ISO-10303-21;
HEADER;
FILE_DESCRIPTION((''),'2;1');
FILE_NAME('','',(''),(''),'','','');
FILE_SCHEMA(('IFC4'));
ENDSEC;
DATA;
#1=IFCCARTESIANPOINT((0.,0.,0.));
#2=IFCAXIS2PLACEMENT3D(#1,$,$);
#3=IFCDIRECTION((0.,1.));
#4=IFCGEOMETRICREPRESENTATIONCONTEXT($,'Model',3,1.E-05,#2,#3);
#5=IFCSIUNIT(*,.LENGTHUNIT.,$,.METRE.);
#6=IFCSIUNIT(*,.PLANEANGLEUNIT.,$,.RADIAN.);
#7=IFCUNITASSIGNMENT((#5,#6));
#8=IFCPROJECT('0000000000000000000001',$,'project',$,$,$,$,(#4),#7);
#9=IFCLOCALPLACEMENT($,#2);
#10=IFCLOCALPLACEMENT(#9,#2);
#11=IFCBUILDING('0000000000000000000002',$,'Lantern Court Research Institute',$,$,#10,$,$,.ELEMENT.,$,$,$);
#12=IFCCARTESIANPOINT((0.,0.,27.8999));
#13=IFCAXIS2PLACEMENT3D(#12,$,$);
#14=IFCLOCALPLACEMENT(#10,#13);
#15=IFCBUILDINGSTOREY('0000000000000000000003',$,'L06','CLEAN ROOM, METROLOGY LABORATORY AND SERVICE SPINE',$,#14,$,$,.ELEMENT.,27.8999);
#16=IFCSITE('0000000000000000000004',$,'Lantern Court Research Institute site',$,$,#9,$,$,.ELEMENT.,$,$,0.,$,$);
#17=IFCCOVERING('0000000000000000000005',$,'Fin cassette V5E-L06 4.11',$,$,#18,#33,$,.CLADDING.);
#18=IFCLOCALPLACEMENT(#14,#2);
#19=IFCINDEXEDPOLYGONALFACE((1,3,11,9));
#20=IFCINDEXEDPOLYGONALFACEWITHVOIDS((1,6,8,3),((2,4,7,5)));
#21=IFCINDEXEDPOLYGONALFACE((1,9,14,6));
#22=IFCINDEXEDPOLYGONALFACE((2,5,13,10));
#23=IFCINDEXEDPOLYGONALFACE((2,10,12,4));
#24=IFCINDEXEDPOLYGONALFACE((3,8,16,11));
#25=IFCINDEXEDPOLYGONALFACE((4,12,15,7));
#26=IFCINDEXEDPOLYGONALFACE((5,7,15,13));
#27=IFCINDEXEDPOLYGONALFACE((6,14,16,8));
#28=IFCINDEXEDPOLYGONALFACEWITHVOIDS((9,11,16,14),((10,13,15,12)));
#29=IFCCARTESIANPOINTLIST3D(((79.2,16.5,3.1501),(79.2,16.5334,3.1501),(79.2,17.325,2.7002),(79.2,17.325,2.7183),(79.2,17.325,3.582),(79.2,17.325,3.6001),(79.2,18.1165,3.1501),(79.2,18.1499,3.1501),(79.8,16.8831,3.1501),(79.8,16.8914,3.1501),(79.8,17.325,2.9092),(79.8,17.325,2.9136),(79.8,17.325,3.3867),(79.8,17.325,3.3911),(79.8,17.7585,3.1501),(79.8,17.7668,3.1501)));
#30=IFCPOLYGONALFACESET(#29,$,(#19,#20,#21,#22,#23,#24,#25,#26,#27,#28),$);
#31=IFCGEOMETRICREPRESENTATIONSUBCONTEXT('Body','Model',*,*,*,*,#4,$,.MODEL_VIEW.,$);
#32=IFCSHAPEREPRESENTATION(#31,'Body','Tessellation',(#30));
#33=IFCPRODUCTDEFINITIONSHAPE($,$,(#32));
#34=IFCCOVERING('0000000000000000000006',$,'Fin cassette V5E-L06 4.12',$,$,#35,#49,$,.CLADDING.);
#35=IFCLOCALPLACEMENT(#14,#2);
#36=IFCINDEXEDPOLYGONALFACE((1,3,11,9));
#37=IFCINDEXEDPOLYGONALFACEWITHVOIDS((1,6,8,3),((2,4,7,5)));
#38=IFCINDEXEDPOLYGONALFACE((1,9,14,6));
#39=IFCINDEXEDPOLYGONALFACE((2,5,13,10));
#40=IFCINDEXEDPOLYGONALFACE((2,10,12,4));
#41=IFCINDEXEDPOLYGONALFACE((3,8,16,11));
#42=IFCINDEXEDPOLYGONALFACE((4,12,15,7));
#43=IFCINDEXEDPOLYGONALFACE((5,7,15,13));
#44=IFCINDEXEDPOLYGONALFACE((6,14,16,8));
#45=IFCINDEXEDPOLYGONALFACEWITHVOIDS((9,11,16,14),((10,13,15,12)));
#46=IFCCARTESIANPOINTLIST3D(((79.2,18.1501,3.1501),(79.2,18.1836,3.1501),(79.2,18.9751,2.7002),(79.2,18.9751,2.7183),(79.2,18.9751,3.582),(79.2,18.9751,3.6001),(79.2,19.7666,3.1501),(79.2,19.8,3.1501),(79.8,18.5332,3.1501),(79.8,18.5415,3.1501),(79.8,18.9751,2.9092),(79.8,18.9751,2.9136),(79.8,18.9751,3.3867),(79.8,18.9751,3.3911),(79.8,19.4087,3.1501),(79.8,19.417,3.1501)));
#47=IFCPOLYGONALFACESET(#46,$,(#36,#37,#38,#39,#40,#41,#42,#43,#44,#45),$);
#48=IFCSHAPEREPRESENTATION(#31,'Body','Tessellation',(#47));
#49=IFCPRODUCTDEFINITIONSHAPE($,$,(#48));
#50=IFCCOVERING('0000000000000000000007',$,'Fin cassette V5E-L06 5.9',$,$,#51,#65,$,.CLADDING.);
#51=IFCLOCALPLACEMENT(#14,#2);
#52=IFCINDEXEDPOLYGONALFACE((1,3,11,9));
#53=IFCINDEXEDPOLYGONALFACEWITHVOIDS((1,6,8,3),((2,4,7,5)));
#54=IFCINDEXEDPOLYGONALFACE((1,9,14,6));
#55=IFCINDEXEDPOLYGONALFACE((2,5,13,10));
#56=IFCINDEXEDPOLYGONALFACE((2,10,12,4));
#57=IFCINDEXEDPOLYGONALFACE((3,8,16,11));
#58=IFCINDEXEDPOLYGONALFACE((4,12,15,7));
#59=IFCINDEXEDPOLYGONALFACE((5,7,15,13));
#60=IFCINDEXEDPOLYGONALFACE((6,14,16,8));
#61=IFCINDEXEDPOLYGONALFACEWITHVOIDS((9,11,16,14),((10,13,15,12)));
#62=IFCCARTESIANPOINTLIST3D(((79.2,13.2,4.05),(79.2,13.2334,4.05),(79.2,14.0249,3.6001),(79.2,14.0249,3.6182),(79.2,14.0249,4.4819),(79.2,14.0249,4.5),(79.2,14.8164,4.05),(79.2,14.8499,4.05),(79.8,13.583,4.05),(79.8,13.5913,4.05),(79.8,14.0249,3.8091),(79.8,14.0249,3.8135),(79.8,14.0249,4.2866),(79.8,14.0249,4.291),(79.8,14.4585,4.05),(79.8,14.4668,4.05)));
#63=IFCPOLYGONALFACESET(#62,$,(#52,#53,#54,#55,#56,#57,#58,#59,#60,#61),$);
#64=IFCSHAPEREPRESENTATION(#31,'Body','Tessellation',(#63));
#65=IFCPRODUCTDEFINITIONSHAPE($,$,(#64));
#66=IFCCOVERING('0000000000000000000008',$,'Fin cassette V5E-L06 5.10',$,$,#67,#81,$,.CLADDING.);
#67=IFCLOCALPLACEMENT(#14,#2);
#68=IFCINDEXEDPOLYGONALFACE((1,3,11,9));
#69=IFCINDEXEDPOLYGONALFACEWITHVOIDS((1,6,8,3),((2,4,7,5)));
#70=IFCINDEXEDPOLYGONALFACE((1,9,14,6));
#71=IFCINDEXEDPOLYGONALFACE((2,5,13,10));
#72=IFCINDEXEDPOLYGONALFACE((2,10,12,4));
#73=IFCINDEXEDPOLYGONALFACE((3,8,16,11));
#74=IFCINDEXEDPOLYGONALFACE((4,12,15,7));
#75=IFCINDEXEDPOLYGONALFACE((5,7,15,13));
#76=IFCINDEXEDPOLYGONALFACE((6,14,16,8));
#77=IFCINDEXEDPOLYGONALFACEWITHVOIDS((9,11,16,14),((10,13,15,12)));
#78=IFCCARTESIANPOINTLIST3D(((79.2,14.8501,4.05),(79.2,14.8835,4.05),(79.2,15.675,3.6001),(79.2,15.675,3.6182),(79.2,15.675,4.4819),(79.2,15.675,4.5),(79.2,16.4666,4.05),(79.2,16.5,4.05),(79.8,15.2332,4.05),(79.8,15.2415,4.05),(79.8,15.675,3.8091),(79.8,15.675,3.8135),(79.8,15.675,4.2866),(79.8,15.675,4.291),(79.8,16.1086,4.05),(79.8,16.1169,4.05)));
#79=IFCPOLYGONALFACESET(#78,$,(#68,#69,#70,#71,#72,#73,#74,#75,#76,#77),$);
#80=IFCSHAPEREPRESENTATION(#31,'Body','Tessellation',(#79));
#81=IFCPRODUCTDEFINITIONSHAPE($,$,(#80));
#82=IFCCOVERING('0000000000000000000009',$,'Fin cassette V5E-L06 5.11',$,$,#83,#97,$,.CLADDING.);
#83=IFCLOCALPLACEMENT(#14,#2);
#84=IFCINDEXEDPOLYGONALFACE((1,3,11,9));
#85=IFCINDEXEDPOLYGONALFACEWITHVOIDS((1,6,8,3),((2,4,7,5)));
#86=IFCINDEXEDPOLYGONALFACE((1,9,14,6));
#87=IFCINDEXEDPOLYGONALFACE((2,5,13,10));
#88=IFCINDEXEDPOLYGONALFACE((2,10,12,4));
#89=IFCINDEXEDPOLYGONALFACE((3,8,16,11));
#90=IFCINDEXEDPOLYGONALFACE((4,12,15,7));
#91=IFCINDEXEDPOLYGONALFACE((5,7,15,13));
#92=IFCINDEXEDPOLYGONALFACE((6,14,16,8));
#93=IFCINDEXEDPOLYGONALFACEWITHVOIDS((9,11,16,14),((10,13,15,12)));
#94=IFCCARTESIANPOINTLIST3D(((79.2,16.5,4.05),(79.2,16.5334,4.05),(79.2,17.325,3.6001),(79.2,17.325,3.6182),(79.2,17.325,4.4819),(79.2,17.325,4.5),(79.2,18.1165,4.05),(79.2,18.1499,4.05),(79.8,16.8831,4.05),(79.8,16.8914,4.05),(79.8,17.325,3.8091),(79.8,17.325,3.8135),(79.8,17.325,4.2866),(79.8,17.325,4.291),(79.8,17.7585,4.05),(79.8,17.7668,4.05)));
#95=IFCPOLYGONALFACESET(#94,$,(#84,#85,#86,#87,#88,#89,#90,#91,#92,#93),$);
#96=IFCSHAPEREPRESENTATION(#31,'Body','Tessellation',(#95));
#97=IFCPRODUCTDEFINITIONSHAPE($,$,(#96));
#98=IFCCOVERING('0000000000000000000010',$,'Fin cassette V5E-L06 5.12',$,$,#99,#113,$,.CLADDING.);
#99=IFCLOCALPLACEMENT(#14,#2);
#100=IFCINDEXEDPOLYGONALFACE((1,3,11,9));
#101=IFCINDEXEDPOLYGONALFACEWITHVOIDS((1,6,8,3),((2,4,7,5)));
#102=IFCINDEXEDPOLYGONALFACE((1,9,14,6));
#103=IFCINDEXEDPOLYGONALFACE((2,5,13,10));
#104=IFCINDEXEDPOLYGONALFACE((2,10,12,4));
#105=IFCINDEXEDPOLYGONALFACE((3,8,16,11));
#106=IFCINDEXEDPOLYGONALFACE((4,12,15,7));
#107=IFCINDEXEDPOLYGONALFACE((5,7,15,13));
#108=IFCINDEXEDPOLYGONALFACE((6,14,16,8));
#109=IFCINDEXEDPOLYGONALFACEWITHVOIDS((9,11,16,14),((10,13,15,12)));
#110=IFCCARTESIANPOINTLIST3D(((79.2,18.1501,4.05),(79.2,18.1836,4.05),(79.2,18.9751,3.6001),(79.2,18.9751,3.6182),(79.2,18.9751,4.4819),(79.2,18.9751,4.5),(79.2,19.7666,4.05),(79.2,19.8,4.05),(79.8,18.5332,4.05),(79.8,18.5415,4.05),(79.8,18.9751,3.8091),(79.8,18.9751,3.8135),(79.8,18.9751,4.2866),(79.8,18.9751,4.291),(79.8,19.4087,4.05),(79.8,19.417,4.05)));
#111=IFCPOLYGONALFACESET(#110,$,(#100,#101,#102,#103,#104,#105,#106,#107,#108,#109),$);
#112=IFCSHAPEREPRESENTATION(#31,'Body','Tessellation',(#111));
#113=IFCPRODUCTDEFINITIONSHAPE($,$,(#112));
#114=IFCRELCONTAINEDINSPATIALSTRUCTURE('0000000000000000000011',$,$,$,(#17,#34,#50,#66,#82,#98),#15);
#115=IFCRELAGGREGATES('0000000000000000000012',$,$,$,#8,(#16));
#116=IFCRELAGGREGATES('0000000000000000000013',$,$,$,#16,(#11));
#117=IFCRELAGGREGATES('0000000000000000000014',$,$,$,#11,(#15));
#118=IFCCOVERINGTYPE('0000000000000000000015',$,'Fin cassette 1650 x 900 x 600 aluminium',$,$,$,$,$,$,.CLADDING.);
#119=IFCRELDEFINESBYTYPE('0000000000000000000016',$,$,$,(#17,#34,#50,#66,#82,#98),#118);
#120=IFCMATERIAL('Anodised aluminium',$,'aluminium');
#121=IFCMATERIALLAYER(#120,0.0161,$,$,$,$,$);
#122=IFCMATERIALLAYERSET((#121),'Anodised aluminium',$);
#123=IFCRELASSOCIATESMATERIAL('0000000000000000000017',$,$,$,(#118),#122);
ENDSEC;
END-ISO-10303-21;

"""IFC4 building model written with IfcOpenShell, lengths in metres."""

from ifc_helpers import new_model, entity, si_unit, direction, frame, origin, place, context, subcontext, project, spatial, material, layer, layer_set, type_object, element, save


model = new_model("IFC4")

# Units and contexts
model_context = context("Model", 3, precision=1e-05, world=origin(), true_north=direction((0.0, 1.0)))
body_context = subcontext(model_context, "Body", "Model", "MODEL_VIEW")
ifc_project = project(units=[si_unit("LENGTHUNIT", "METRE"), si_unit("PLANEANGLEUNIT", "RADIAN")], contexts=[model_context])

# Site, building, storey
site_placement = place(None, origin())
site = spatial("IfcSite", under=ifc_project, at=site_placement, Name="Lantern Court Research Institute site", CompositionType="ELEMENT", RefElevation=0.0)
building_placement = place(site_placement, origin())
building = spatial("IfcBuilding", under=site, at=building_placement, Name="Lantern Court Research Institute", CompositionType="ELEMENT")
storey_placement = place(building_placement, frame((0.0, 0.0, 27.8999)))
storey = spatial("IfcBuildingStorey", under=building, at=storey_placement, Name="L06", Description="CLEAN ROOM, METROLOGY LABORATORY AND SERVICE SPINE", CompositionType="ELEMENT", Elevation=27.8999)

# Coverings
ifc_material_1 = material(Name="Anodised aluminium", Category="aluminium")
ifc_layer_1 = layer(ifc_material_1, 0.0161)
ifc_layer_set_1 = layer_set([ifc_layer_1], Name="Anodised aluminium")
covering_type = type_object("IfcCoveringType", Name="Fin cassette 1650 x 900 x 600 aluminium", PredefinedType="CLADDING", material=ifc_layer_set_1)
covering_1_placement = place(storey_placement, frame((79.2, 17.325, 3.1501), z_axis=(1.0, 0.0, 0.0), x_axis=(0.0, 1.0, 0.0)))
cartesian_point_1 = entity("IfcCartesianPoint", [0.825, 0.0])
cartesian_point_2 = entity("IfcCartesianPoint", [0.7915, 0.0])
cartesian_point_3 = entity("IfcCartesianPoint", [0.4419, 0.0])
cartesian_point_4 = entity("IfcCartesianPoint", [0.4336, 0.0])
element("IfcCovering", 1, at=covering_1_placement, inside=storey, type_object=covering_type, Name="Fin cassette V5E-L06 4.11", PredefinedType="CLADDING", context=body_context, shape_type="SweptSolid", body=[
    entity("IfcExtrudedAreaSolidTapered", entity("IfcArbitraryProfileDefWithVoids", "AREA", None, entity("IfcPolyline", [cartesian_point_1, entity("IfcCartesianPoint", [0.0, 0.45]), entity("IfcCartesianPoint", [-0.825, 0.0]), entity("IfcCartesianPoint", [0.0, -0.45]), cartesian_point_1]), [entity("IfcPolyline", [cartesian_point_2, entity("IfcCartesianPoint", [0.0, 0.4319]), entity("IfcCartesianPoint", [-0.7915, 0.0]), entity("IfcCartesianPoint", [0.0, -0.4319]), cartesian_point_2])]), entity("IfcAxis2Placement3D", entity("IfcCartesianPoint", [0.0, 0.0, 0.0])), entity("IfcDirection", [0.0, 0.0, 1.0]), 0.6001, entity("IfcArbitraryProfileDefWithVoids", "AREA", None, entity("IfcPolyline", [cartesian_point_3, entity("IfcCartesianPoint", [0.0, 0.241]), entity("IfcCartesianPoint", [-0.4419, 0.0]), entity("IfcCartesianPoint", [0.0, -0.241]), cartesian_point_3]), [entity("IfcPolyline", [cartesian_point_4, entity("IfcCartesianPoint", [0.0, 0.2366]), entity("IfcCartesianPoint", [-0.4336, 0.0]), entity("IfcCartesianPoint", [0.0, -0.2366]), cartesian_point_4])])),
])
covering_2_placement = place(storey_placement, frame((79.2, 18.9751, 3.1501), z_axis=(1.0, 0.0, 0.0), x_axis=(0.0, 1.0, 0.0)))
cartesian_point_5 = entity("IfcCartesianPoint", [0.825, 0.0])
cartesian_point_6 = entity("IfcCartesianPoint", [0.7915, 0.0])
cartesian_point_7 = entity("IfcCartesianPoint", [0.4419, 0.0])
cartesian_point_8 = entity("IfcCartesianPoint", [0.4336, 0.0])
element("IfcCovering", 2, at=covering_2_placement, inside=storey, type_object=covering_type, Name="Fin cassette V5E-L06 4.12", PredefinedType="CLADDING", context=body_context, shape_type="SweptSolid", body=[
    entity("IfcExtrudedAreaSolidTapered", entity("IfcArbitraryProfileDefWithVoids", "AREA", None, entity("IfcPolyline", [cartesian_point_5, entity("IfcCartesianPoint", [0.0, 0.45]), entity("IfcCartesianPoint", [-0.825, 0.0]), entity("IfcCartesianPoint", [0.0, -0.45]), cartesian_point_5]), [entity("IfcPolyline", [cartesian_point_6, entity("IfcCartesianPoint", [0.0, 0.4319]), entity("IfcCartesianPoint", [-0.7915, 0.0]), entity("IfcCartesianPoint", [0.0, -0.4319]), cartesian_point_6])]), entity("IfcAxis2Placement3D", entity("IfcCartesianPoint", [0.0, 0.0, 0.0])), entity("IfcDirection", [0.0, 0.0, 1.0]), 0.6001, entity("IfcArbitraryProfileDefWithVoids", "AREA", None, entity("IfcPolyline", [cartesian_point_7, entity("IfcCartesianPoint", [0.0, 0.241]), entity("IfcCartesianPoint", [-0.4419, 0.0]), entity("IfcCartesianPoint", [0.0, -0.241]), cartesian_point_7]), [entity("IfcPolyline", [cartesian_point_8, entity("IfcCartesianPoint", [0.0, 0.2366]), entity("IfcCartesianPoint", [-0.4336, 0.0]), entity("IfcCartesianPoint", [0.0, -0.2366]), cartesian_point_8])])),
])
covering_3_placement = place(storey_placement, frame((79.2, 14.0249, 4.05), z_axis=(1.0, 0.0, 0.0), x_axis=(0.0, 1.0, 0.0)))
cartesian_point_9 = entity("IfcCartesianPoint", [0.825, 0.0])
cartesian_point_10 = entity("IfcCartesianPoint", [0.7915, 0.0])
cartesian_point_11 = entity("IfcCartesianPoint", [0.4419, 0.0])
cartesian_point_12 = entity("IfcCartesianPoint", [0.4336, 0.0])
element("IfcCovering", 3, at=covering_3_placement, inside=storey, type_object=covering_type, Name="Fin cassette V5E-L06 5.9", PredefinedType="CLADDING", context=body_context, shape_type="SweptSolid", body=[
    entity("IfcExtrudedAreaSolidTapered", entity("IfcArbitraryProfileDefWithVoids", "AREA", None, entity("IfcPolyline", [cartesian_point_9, entity("IfcCartesianPoint", [0.0, 0.45]), entity("IfcCartesianPoint", [-0.825, 0.0]), entity("IfcCartesianPoint", [0.0, -0.45]), cartesian_point_9]), [entity("IfcPolyline", [cartesian_point_10, entity("IfcCartesianPoint", [0.0, 0.4319]), entity("IfcCartesianPoint", [-0.7915, 0.0]), entity("IfcCartesianPoint", [0.0, -0.4319]), cartesian_point_10])]), entity("IfcAxis2Placement3D", entity("IfcCartesianPoint", [0.0, 0.0, 0.0])), entity("IfcDirection", [0.0, 0.0, 1.0]), 0.6001, entity("IfcArbitraryProfileDefWithVoids", "AREA", None, entity("IfcPolyline", [cartesian_point_11, entity("IfcCartesianPoint", [0.0, 0.241]), entity("IfcCartesianPoint", [-0.4419, 0.0]), entity("IfcCartesianPoint", [0.0, -0.241]), cartesian_point_11]), [entity("IfcPolyline", [cartesian_point_12, entity("IfcCartesianPoint", [0.0, 0.2366]), entity("IfcCartesianPoint", [-0.4336, 0.0]), entity("IfcCartesianPoint", [0.0, -0.2366]), cartesian_point_12])])),
])
covering_4_placement = place(storey_placement, frame((79.2, 15.675, 4.05), z_axis=(1.0, 0.0, 0.0), x_axis=(0.0, 1.0, 0.0)))
cartesian_point_13 = entity("IfcCartesianPoint", [0.825, 0.0])
cartesian_point_14 = entity("IfcCartesianPoint", [0.7915, 0.0])
cartesian_point_15 = entity("IfcCartesianPoint", [0.4419, 0.0])
cartesian_point_16 = entity("IfcCartesianPoint", [0.4336, 0.0])
element("IfcCovering", 4, at=covering_4_placement, inside=storey, type_object=covering_type, Name="Fin cassette V5E-L06 5.10", PredefinedType="CLADDING", context=body_context, shape_type="SweptSolid", body=[
    entity("IfcExtrudedAreaSolidTapered", entity("IfcArbitraryProfileDefWithVoids", "AREA", None, entity("IfcPolyline", [cartesian_point_13, entity("IfcCartesianPoint", [0.0, 0.45]), entity("IfcCartesianPoint", [-0.825, 0.0]), entity("IfcCartesianPoint", [0.0, -0.45]), cartesian_point_13]), [entity("IfcPolyline", [cartesian_point_14, entity("IfcCartesianPoint", [0.0, 0.4319]), entity("IfcCartesianPoint", [-0.7915, 0.0]), entity("IfcCartesianPoint", [0.0, -0.4319]), cartesian_point_14])]), entity("IfcAxis2Placement3D", entity("IfcCartesianPoint", [0.0, 0.0, 0.0])), entity("IfcDirection", [0.0, 0.0, 1.0]), 0.6001, entity("IfcArbitraryProfileDefWithVoids", "AREA", None, entity("IfcPolyline", [cartesian_point_15, entity("IfcCartesianPoint", [0.0, 0.241]), entity("IfcCartesianPoint", [-0.4419, 0.0]), entity("IfcCartesianPoint", [0.0, -0.241]), cartesian_point_15]), [entity("IfcPolyline", [cartesian_point_16, entity("IfcCartesianPoint", [0.0, 0.2366]), entity("IfcCartesianPoint", [-0.4336, 0.0]), entity("IfcCartesianPoint", [0.0, -0.2366]), cartesian_point_16])])),
])
covering_5_placement = place(storey_placement, frame((79.2, 17.325, 4.05), z_axis=(1.0, 0.0, 0.0), x_axis=(0.0, 1.0, 0.0)))
cartesian_point_17 = entity("IfcCartesianPoint", [0.825, 0.0])
cartesian_point_18 = entity("IfcCartesianPoint", [0.7915, 0.0])
cartesian_point_19 = entity("IfcCartesianPoint", [0.4419, 0.0])
cartesian_point_20 = entity("IfcCartesianPoint", [0.4336, 0.0])
element("IfcCovering", 5, at=covering_5_placement, inside=storey, type_object=covering_type, Name="Fin cassette V5E-L06 5.11", PredefinedType="CLADDING", context=body_context, shape_type="SweptSolid", body=[
    entity("IfcExtrudedAreaSolidTapered", entity("IfcArbitraryProfileDefWithVoids", "AREA", None, entity("IfcPolyline", [cartesian_point_17, entity("IfcCartesianPoint", [0.0, 0.45]), entity("IfcCartesianPoint", [-0.825, 0.0]), entity("IfcCartesianPoint", [0.0, -0.45]), cartesian_point_17]), [entity("IfcPolyline", [cartesian_point_18, entity("IfcCartesianPoint", [0.0, 0.4319]), entity("IfcCartesianPoint", [-0.7915, 0.0]), entity("IfcCartesianPoint", [0.0, -0.4319]), cartesian_point_18])]), entity("IfcAxis2Placement3D", entity("IfcCartesianPoint", [0.0, 0.0, 0.0])), entity("IfcDirection", [0.0, 0.0, 1.0]), 0.6001, entity("IfcArbitraryProfileDefWithVoids", "AREA", None, entity("IfcPolyline", [cartesian_point_19, entity("IfcCartesianPoint", [0.0, 0.241]), entity("IfcCartesianPoint", [-0.4419, 0.0]), entity("IfcCartesianPoint", [0.0, -0.241]), cartesian_point_19]), [entity("IfcPolyline", [cartesian_point_20, entity("IfcCartesianPoint", [0.0, 0.2366]), entity("IfcCartesianPoint", [-0.4336, 0.0]), entity("IfcCartesianPoint", [0.0, -0.2366]), cartesian_point_20])])),
])
covering_6_placement = place(storey_placement, frame((79.2, 18.9751, 4.05), z_axis=(1.0, 0.0, 0.0), x_axis=(0.0, 1.0, 0.0)))
cartesian_point_21 = entity("IfcCartesianPoint", [0.825, 0.0])
cartesian_point_22 = entity("IfcCartesianPoint", [0.7915, 0.0])
cartesian_point_23 = entity("IfcCartesianPoint", [0.4419, 0.0])
cartesian_point_24 = entity("IfcCartesianPoint", [0.4336, 0.0])
element("IfcCovering", 6, at=covering_6_placement, inside=storey, type_object=covering_type, Name="Fin cassette V5E-L06 5.12", PredefinedType="CLADDING", context=body_context, shape_type="SweptSolid", body=[
    entity("IfcExtrudedAreaSolidTapered", entity("IfcArbitraryProfileDefWithVoids", "AREA", None, entity("IfcPolyline", [cartesian_point_21, entity("IfcCartesianPoint", [0.0, 0.45]), entity("IfcCartesianPoint", [-0.825, 0.0]), entity("IfcCartesianPoint", [0.0, -0.45]), cartesian_point_21]), [entity("IfcPolyline", [cartesian_point_22, entity("IfcCartesianPoint", [0.0, 0.4319]), entity("IfcCartesianPoint", [-0.7915, 0.0]), entity("IfcCartesianPoint", [0.0, -0.4319]), cartesian_point_22])]), entity("IfcAxis2Placement3D", entity("IfcCartesianPoint", [0.0, 0.0, 0.0])), entity("IfcDirection", [0.0, 0.0, 1.0]), 0.6001, entity("IfcArbitraryProfileDefWithVoids", "AREA", None, entity("IfcPolyline", [cartesian_point_23, entity("IfcCartesianPoint", [0.0, 0.241]), entity("IfcCartesianPoint", [-0.4419, 0.0]), entity("IfcCartesianPoint", [0.0, -0.241]), cartesian_point_23]), [entity("IfcPolyline", [cartesian_point_24, entity("IfcCartesianPoint", [0.0, 0.2366]), entity("IfcCartesianPoint", [-0.4336, 0.0]), entity("IfcCartesianPoint", [0.0, -0.2366]), cartesian_point_24])])),
])

save(model, "model.ifc")
